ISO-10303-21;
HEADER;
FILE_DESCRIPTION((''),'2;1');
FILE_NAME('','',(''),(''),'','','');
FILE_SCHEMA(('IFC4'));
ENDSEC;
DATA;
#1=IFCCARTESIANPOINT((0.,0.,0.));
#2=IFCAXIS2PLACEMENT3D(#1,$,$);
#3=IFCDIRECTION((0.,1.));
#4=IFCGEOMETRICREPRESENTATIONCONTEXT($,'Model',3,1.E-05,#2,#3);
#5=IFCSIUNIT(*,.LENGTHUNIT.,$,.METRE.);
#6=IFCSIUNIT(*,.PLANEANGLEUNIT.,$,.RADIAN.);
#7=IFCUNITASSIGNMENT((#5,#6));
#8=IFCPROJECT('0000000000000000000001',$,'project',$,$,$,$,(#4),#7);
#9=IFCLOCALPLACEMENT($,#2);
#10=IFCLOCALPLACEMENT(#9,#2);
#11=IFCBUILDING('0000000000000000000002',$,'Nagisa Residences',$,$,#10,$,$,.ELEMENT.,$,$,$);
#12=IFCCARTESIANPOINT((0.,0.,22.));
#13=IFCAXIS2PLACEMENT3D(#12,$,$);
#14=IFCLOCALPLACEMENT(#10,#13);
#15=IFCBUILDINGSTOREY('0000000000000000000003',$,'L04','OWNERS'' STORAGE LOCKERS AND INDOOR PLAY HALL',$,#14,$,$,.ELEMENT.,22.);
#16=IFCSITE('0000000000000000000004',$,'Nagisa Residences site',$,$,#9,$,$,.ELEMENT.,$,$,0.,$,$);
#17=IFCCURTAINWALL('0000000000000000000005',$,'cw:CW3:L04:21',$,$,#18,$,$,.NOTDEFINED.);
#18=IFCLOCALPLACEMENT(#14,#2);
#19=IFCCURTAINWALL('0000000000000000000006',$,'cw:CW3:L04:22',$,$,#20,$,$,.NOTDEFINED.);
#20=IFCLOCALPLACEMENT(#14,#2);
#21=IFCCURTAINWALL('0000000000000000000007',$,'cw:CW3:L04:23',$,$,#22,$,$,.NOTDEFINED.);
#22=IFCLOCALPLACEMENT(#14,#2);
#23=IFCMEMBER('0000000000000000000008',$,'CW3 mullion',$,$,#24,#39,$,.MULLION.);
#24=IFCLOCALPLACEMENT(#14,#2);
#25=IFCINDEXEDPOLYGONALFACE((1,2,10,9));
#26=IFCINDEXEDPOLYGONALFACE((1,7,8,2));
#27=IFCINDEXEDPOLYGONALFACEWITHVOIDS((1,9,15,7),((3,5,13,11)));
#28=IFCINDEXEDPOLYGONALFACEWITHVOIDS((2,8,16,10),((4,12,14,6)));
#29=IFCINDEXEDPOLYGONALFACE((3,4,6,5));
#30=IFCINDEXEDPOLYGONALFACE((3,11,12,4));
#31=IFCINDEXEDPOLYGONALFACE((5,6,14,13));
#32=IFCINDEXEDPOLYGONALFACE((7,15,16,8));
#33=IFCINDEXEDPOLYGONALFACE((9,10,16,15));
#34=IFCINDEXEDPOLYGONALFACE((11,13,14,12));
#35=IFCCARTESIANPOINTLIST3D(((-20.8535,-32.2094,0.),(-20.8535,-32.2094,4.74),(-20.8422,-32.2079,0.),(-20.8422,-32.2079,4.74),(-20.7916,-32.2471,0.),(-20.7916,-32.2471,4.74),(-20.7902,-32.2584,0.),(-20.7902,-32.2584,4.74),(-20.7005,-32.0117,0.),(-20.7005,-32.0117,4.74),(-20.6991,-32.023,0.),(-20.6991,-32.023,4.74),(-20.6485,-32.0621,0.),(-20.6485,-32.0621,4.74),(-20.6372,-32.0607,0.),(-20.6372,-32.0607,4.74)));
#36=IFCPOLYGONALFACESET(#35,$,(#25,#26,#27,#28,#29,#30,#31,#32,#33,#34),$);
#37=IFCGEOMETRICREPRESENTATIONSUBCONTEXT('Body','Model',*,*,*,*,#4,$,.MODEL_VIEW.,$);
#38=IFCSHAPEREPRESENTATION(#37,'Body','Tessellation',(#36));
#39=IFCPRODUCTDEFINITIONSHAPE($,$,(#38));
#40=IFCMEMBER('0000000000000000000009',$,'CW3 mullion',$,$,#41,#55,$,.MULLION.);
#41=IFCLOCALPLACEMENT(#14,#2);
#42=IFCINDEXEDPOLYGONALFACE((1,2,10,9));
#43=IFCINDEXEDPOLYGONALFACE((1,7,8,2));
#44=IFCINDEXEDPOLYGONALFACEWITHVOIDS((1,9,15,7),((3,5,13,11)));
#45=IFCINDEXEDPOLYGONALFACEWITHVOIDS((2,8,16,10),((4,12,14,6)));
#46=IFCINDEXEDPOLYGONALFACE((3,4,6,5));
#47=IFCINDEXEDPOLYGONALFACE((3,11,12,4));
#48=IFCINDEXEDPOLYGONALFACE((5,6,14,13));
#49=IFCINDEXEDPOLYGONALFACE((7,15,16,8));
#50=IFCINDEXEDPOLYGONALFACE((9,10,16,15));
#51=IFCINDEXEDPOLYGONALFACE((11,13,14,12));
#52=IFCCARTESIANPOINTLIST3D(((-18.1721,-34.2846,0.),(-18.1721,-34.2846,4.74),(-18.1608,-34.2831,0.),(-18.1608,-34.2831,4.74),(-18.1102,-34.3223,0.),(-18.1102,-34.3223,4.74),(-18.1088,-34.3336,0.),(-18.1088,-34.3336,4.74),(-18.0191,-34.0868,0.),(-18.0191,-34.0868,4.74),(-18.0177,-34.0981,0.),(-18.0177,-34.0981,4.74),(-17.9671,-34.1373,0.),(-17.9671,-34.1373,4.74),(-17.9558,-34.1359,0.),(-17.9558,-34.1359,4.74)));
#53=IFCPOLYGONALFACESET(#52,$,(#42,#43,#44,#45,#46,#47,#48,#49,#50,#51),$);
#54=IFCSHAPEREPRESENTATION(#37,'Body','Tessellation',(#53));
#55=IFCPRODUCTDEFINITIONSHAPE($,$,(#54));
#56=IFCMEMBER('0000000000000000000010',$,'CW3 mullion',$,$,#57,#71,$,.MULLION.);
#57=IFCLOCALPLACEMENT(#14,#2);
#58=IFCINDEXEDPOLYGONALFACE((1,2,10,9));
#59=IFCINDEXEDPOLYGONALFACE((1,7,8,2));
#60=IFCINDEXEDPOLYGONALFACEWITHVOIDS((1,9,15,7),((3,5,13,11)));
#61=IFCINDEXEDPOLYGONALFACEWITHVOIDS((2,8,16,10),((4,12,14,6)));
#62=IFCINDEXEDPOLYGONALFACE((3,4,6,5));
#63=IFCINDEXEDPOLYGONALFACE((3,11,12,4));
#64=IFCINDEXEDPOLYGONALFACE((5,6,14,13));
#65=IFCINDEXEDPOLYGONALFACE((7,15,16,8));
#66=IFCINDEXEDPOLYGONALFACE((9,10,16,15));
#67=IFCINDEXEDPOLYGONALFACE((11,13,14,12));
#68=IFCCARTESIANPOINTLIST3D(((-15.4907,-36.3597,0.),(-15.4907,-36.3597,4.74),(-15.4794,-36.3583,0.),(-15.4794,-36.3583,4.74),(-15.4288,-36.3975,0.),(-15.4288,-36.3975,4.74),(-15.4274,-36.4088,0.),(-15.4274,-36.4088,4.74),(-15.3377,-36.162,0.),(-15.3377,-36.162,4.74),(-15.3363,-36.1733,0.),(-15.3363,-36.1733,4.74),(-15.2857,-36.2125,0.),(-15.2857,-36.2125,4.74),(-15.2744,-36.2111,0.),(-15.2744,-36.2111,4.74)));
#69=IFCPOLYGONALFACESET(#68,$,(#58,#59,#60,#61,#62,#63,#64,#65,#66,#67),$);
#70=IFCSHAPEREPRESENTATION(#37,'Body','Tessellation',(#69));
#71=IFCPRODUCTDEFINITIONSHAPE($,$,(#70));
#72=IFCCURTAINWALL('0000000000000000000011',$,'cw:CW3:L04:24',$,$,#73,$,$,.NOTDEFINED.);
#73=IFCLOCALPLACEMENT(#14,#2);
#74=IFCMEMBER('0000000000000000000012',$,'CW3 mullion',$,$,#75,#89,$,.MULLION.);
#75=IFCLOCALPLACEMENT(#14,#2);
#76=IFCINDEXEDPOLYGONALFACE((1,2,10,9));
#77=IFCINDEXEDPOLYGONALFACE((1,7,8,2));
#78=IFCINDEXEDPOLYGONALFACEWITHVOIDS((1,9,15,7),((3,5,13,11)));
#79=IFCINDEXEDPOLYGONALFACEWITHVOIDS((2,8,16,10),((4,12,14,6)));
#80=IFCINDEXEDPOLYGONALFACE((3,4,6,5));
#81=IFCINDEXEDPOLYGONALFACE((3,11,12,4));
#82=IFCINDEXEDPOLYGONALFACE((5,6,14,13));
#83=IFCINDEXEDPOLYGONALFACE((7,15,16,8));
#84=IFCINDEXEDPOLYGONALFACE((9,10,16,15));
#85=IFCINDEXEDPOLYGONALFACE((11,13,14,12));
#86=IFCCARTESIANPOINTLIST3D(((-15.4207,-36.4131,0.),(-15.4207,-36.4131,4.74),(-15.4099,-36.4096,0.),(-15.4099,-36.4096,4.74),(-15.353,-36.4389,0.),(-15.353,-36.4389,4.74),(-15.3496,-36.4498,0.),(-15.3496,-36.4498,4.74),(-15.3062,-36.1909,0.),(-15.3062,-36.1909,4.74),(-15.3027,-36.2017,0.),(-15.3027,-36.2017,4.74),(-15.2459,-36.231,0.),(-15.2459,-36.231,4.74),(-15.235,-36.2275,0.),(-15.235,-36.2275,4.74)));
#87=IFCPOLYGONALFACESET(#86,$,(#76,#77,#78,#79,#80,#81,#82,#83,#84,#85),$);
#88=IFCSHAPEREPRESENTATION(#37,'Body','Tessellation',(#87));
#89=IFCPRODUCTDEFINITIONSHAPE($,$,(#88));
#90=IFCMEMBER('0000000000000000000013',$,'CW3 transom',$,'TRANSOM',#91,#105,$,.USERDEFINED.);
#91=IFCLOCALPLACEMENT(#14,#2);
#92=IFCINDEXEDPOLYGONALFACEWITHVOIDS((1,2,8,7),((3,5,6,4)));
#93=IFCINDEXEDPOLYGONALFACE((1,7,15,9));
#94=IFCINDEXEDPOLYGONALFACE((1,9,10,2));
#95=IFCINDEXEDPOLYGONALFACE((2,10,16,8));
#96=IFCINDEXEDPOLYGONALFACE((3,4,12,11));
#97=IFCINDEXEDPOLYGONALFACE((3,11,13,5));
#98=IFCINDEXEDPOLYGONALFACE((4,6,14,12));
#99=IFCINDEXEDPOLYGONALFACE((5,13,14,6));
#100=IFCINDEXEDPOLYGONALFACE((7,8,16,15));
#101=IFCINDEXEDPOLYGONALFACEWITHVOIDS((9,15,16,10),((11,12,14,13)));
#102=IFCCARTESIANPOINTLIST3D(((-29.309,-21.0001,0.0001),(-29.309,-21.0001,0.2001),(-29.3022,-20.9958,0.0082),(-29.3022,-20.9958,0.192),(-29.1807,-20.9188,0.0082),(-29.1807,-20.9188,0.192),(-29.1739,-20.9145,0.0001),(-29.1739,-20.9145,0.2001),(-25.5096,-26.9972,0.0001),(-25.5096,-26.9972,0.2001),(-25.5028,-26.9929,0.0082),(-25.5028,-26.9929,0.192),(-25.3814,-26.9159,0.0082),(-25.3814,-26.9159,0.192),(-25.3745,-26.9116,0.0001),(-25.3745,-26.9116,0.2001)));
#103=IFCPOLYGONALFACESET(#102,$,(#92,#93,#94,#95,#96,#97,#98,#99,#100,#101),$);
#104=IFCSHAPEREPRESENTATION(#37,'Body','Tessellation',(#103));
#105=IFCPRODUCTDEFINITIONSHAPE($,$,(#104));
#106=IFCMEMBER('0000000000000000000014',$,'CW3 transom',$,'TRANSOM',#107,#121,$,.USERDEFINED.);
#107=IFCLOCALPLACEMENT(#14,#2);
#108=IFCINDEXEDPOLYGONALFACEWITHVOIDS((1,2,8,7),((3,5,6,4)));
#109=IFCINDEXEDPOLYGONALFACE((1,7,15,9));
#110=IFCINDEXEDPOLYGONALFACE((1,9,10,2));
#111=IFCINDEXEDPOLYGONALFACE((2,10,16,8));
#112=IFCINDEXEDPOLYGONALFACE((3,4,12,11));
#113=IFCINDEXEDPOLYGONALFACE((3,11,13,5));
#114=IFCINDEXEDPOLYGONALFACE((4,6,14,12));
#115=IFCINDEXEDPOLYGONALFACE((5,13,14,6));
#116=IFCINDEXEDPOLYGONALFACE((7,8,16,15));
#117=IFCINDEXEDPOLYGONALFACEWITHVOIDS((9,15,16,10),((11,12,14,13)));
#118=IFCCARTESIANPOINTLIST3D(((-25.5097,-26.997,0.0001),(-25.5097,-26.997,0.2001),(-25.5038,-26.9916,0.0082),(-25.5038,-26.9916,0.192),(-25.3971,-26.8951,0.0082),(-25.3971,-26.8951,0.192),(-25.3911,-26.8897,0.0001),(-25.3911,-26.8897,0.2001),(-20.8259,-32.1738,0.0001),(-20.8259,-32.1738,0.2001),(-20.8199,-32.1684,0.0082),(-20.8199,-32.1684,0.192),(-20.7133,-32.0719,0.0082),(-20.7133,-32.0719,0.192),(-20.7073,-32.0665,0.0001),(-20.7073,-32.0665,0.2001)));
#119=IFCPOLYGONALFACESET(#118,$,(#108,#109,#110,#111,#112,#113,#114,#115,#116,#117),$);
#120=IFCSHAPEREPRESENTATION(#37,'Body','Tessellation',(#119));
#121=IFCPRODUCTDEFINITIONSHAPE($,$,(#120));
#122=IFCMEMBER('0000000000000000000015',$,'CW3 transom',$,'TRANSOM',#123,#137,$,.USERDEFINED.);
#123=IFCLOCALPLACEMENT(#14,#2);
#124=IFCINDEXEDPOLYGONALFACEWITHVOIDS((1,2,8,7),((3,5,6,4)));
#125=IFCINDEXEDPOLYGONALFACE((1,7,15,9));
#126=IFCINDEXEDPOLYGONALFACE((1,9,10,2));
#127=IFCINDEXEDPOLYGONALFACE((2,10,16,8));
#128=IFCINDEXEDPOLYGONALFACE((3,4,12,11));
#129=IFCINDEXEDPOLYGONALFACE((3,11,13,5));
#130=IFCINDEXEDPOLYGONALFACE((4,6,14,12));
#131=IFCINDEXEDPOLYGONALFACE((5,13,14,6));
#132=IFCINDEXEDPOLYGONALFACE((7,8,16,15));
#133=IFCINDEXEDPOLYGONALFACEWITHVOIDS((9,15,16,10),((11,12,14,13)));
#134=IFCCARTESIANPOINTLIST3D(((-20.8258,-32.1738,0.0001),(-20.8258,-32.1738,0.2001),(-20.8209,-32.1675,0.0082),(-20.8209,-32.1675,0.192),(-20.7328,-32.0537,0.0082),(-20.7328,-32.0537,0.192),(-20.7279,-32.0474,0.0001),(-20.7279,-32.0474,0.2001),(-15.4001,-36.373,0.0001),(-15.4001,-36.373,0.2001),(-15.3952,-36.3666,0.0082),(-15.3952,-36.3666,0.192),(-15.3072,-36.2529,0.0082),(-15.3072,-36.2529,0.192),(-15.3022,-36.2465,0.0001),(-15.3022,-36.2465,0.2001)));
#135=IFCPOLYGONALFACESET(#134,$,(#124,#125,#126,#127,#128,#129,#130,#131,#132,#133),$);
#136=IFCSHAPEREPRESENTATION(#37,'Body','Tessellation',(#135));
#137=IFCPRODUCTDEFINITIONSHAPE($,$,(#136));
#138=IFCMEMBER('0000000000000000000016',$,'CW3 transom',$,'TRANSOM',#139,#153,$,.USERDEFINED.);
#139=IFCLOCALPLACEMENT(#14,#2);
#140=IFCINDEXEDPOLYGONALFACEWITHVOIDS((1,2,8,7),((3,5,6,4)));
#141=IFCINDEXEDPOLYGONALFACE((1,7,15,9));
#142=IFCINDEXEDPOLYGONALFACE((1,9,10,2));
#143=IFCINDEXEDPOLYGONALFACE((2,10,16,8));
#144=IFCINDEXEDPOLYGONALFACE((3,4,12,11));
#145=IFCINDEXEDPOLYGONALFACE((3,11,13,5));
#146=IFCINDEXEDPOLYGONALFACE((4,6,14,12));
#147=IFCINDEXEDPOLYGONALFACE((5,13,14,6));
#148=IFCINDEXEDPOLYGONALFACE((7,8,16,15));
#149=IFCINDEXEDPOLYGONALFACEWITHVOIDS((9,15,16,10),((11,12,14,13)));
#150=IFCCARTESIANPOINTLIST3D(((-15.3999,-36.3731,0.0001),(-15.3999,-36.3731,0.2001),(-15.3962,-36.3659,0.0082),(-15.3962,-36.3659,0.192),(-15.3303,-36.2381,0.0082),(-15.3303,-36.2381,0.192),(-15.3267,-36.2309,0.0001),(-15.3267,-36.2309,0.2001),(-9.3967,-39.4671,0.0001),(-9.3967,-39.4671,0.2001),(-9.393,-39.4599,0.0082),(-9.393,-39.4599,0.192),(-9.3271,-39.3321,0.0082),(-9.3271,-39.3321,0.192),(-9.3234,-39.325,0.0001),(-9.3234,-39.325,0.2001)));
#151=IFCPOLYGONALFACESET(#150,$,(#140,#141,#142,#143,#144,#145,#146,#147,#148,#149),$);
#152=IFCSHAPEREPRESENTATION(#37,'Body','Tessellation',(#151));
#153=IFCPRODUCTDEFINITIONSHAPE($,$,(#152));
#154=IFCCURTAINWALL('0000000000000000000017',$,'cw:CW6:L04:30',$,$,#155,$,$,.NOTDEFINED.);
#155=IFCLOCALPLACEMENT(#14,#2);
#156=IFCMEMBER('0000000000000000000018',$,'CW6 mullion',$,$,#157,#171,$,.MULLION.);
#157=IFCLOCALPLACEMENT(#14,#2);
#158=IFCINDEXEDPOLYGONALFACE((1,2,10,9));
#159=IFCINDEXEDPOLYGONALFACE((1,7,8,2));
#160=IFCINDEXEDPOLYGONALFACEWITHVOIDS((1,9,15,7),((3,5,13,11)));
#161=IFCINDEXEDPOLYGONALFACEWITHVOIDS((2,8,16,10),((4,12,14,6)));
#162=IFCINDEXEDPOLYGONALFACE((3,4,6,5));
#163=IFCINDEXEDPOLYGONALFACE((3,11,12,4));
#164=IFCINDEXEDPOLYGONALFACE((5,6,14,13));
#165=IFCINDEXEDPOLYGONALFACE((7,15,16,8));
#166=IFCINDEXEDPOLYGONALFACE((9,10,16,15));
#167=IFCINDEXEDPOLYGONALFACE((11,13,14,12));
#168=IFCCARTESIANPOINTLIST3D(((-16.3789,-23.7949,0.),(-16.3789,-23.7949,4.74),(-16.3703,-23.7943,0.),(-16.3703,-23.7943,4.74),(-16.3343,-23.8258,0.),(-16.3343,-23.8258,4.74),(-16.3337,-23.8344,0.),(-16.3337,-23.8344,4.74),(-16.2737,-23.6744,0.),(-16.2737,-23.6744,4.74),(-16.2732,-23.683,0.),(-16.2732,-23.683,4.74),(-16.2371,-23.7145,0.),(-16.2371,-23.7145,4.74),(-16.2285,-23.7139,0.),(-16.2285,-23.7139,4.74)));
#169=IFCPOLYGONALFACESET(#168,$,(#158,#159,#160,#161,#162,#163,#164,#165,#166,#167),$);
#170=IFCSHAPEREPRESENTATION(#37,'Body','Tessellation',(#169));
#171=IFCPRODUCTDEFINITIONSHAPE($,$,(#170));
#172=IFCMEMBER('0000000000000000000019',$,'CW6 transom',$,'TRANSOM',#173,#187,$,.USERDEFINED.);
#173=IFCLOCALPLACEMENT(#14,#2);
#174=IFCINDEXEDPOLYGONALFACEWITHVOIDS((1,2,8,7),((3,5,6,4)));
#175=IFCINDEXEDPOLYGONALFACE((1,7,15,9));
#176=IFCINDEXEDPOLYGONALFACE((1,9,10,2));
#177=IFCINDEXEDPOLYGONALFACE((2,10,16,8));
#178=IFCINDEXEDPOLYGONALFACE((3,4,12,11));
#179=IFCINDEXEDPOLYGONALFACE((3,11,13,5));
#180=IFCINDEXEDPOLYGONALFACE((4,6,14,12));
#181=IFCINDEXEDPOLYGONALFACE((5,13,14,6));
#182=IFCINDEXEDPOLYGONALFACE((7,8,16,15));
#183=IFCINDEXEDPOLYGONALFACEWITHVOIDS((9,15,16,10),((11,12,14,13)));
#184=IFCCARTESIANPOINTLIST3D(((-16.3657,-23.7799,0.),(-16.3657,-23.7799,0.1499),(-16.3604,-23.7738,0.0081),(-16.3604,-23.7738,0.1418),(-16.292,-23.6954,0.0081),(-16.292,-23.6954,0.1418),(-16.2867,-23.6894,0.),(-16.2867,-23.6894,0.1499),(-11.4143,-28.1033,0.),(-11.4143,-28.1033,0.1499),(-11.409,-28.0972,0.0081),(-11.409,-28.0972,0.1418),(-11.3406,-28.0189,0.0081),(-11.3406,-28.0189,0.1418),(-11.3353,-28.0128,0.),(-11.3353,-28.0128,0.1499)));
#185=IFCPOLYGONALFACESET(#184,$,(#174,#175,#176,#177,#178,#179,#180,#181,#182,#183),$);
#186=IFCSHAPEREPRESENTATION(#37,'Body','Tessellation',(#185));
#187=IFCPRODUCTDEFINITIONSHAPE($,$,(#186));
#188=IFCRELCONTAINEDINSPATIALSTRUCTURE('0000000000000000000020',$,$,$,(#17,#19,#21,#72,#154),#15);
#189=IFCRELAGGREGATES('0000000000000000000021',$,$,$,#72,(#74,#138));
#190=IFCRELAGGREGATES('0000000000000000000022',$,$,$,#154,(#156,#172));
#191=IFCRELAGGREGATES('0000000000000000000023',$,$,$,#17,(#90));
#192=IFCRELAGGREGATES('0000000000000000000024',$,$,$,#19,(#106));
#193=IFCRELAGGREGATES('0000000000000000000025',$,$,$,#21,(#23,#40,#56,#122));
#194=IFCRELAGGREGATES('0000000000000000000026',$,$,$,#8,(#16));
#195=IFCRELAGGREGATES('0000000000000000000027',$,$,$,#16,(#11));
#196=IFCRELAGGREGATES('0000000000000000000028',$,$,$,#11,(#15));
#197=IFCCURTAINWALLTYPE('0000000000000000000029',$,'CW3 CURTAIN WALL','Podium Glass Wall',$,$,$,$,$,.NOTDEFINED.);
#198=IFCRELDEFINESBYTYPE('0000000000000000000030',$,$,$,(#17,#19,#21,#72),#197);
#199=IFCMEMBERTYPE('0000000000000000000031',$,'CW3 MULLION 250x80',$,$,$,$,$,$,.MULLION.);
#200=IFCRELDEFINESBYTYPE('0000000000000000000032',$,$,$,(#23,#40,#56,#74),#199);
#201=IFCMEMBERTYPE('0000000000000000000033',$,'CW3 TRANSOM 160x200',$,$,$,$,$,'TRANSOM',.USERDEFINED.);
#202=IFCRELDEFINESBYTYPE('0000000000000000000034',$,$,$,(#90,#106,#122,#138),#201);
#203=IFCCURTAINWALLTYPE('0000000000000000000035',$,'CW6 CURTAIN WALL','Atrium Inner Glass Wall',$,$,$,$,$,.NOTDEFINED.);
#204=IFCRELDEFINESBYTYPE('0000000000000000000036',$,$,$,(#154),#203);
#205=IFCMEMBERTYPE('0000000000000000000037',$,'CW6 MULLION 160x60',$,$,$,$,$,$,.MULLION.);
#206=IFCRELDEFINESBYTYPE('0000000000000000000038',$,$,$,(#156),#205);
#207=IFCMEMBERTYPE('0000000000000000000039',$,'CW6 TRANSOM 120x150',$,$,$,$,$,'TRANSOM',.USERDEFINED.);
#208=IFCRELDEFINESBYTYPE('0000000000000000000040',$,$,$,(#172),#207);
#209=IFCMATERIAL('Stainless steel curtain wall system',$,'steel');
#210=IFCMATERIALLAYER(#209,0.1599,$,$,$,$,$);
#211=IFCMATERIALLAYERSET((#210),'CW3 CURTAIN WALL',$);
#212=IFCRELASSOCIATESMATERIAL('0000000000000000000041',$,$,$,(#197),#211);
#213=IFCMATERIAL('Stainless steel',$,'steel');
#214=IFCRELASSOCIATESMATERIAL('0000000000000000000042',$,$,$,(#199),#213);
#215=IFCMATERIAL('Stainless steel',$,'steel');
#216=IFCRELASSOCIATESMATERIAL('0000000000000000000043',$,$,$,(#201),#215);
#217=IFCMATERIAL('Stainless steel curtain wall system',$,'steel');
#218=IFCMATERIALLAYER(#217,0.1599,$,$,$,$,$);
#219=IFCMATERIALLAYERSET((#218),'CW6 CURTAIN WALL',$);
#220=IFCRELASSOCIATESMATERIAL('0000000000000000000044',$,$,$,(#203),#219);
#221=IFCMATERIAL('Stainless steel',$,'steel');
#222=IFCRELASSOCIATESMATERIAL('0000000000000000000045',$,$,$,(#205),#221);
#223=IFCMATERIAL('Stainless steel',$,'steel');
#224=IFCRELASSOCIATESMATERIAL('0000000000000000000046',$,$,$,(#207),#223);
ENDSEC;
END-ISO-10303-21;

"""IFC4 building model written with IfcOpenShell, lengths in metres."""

from ifc_helpers import new_model, si_unit, direction, frame, origin, origin_2d, place, context, subcontext, project, spatial, hollow_rectangle, extrude, material, layer, layer_set, material_profile, profile_set, type_object, element, aggregate, save


model = new_model("IFC4")

# Units and contexts
model_context = context("Model", 3, precision=1e-05, world=origin(), true_north=direction((0.0, 1.0)))
body_context = subcontext(model_context, "Body", "Model", "MODEL_VIEW")
ifc_project = project(units=[si_unit("LENGTHUNIT", "METRE"), si_unit("PLANEANGLEUNIT", "RADIAN")], contexts=[model_context])

# Site, building, storey
site_placement = place(None, origin())
site = spatial("IfcSite", under=ifc_project, at=site_placement, Name="Nagisa Residences site", CompositionType="ELEMENT", RefElevation=0.0)
building_placement = place(site_placement, origin())
building = spatial("IfcBuilding", under=site, at=building_placement, Name="Nagisa Residences", CompositionType="ELEMENT")
storey_placement = place(building_placement, frame((0.0, 0.0, 22.0)))
storey = spatial("IfcBuildingStorey", under=building, at=storey_placement, Name="L04", Description="OWNERS' STORAGE LOCKERS AND INDOOR PLAY HALL", CompositionType="ELEMENT", Elevation=22.0)

# Curtain walls, members
ifc_material_1 = material(Name="Stainless steel curtain wall system", Category="steel")
ifc_layer_1 = layer(ifc_material_1, 0.1599)
ifc_layer_set_1 = layer_set([ifc_layer_1], Name="CW3 CURTAIN WALL")
curtain_wall_type_1 = type_object("IfcCurtainWallType", Name="CW3 CURTAIN WALL", Description="Podium Glass Wall", PredefinedType="NOTDEFINED", material=ifc_layer_set_1)
ifc_material_2 = material(Name="Stainless steel", Category="steel")
ifc_material_profile_1 = material_profile(ifc_material_2, hollow_rectangle(XDim=0.25, YDim=0.0801, WallThickness=0.0081, at=origin_2d()), Name="CW3 MULLION 250x80")
ifc_profile_set_1 = profile_set([ifc_material_profile_1], Name="Stainless steel")
member_type_1 = type_object("IfcMemberType", Name="CW3 MULLION 250x80", PredefinedType="MULLION", material=ifc_profile_set_1)
curtain_wall_1_placement = place(storey_placement, origin())
curtain_wall_1 = element("IfcCurtainWall", 1, at=curtain_wall_1_placement, inside=storey, type_object=curtain_wall_type_1, Name="cw:CW3:L04:21", PredefinedType="NOTDEFINED")
curtain_wall_2_placement = place(storey_placement, origin())
curtain_wall_2 = element("IfcCurtainWall", 2, at=curtain_wall_2_placement, inside=storey, type_object=curtain_wall_type_1, Name="cw:CW3:L04:22", PredefinedType="NOTDEFINED")
curtain_wall_3_placement = place(storey_placement, origin())
curtain_wall_3 = element("IfcCurtainWall", 3, at=curtain_wall_3_placement, inside=storey, type_object=curtain_wall_type_1, Name="cw:CW3:L04:23", PredefinedType="NOTDEFINED")
member_1_placement = place(storey_placement, frame((-20.7454, -32.135, 0.0), z_axis=(0.0, 0.0, 1.0), x_axis=(0.612035, 0.790831, 0.0)))
member_1 = element("IfcMember", 4, at=member_1_placement, type_object=member_type_1, Name="CW3 mullion", PredefinedType="MULLION", context=body_context, shape_type="SweptSolid", body=[
    extrude(hollow_rectangle(XDim=0.25, YDim=0.0801, WallThickness=0.0081, at=origin_2d()), origin(), (0.0, 0.0, 1.0), 4.74),
])
member_2_placement = place(storey_placement, frame((-18.064, -34.2102, 0.0), z_axis=(0.0, 0.0, 1.0), x_axis=(0.612035, 0.790831, 0.0)))
member_2 = element("IfcMember", 5, at=member_2_placement, type_object=member_type_1, Name="CW3 mullion", PredefinedType="MULLION", context=body_context, shape_type="SweptSolid", body=[
    extrude(hollow_rectangle(XDim=0.25, YDim=0.0801, WallThickness=0.0081, at=origin_2d()), origin(), (0.0, 0.0, 1.0), 4.74),
])
member_3_placement = place(storey_placement, frame((-15.3826, -36.2854, 0.0), z_axis=(0.0, 0.0, 1.0), x_axis=(0.612035, 0.790831, 0.0)))
member_3 = element("IfcMember", 6, at=member_3_placement, type_object=member_type_1, Name="CW3 mullion", PredefinedType="MULLION", context=body_context, shape_type="SweptSolid", body=[
    extrude(hollow_rectangle(XDim=0.25, YDim=0.0801, WallThickness=0.0081, at=origin_2d()), origin(), (0.0, 0.0, 1.0), 4.74),
])

# Curtain wall, member
curtain_wall_4_placement = place(storey_placement, origin())
curtain_wall_4 = element("IfcCurtainWall", 7, at=curtain_wall_4_placement, inside=storey, type_object=curtain_wall_type_1, Name="cw:CW3:L04:24", PredefinedType="NOTDEFINED")
member_4_placement = place(storey_placement, frame((-15.3279, -36.3203, 0.0), z_axis=(0.0, 0.0, 1.0), x_axis=(0.458126, 0.888887, 0.0)))
member_4 = element("IfcMember", 8, at=member_4_placement, type_object=member_type_1, Name="CW3 mullion", PredefinedType="MULLION", context=body_context, shape_type="SweptSolid", body=[
    extrude(hollow_rectangle(XDim=0.25, YDim=0.0801, WallThickness=0.0081, at=origin_2d()), origin(), (0.0, 0.0, 1.0), 4.74),
])

# Members
ifc_material_3 = material(Name="Stainless steel", Category="steel")
ifc_material_profile_2 = material_profile(ifc_material_3, hollow_rectangle(XDim=0.1599, YDim=0.2, WallThickness=0.0081, at=origin_2d()), Name="CW3 TRANSOM 160x200")
ifc_profile_set_2 = profile_set([ifc_material_profile_2], Name="Stainless steel")
member_type_2 = type_object("IfcMemberType", Name="CW3 TRANSOM 160x200", ElementType="TRANSOM", PredefinedType="USERDEFINED", material=ifc_profile_set_2)
member_5_placement = place(storey_placement, frame((-29.2415, -20.9573, 0.1001), z_axis=(0.53517, -0.844744, 0.0), x_axis=(0.844744, 0.53517, 0.0)))
member_5 = element("IfcMember", 9, at=member_5_placement, type_object=member_type_2, Name="CW3 transom", ObjectType="TRANSOM", PredefinedType="USERDEFINED", context=body_context, shape_type="SweptSolid", body=[
    extrude(hollow_rectangle(XDim=0.1599, YDim=0.2, WallThickness=0.0081, at=origin_2d()), origin(), (0.0, 0.0, 1.0), 7.0994),
])
member_6_placement = place(storey_placement, frame((-25.4504, -26.9434, 0.1001), z_axis=(0.670922, -0.741528, 0.0), x_axis=(0.741528, 0.670922, 0.0)))
member_6 = element("IfcMember", 10, at=member_6_placement, type_object=member_type_2, Name="CW3 transom", ObjectType="TRANSOM", PredefinedType="USERDEFINED", context=body_context, shape_type="SweptSolid", body=[
    extrude(hollow_rectangle(XDim=0.1599, YDim=0.2, WallThickness=0.0081, at=origin_2d()), origin(), (0.0, 0.0, 1.0), 6.9812),
])
member_7_placement = place(storey_placement, frame((-20.7769, -32.1106, 0.1001), z_axis=(0.790821, -0.612047, 0.0), x_axis=(0.612047, 0.790821, 0.0)))
member_7 = element("IfcMember", 11, at=member_7_placement, type_object=member_type_2, Name="CW3 transom", ObjectType="TRANSOM", PredefinedType="USERDEFINED", context=body_context, shape_type="SweptSolid", body=[
    extrude(hollow_rectangle(XDim=0.1599, YDim=0.2, WallThickness=0.0081, at=origin_2d()), origin(), (0.0, 0.0, 1.0), 6.8608),
])
member_8_placement = place(storey_placement, frame((-15.3633, -36.302, 0.1001), z_axis=(0.888887, -0.458126, 0.0), x_axis=(0.458126, 0.888887, 0.0)))
member_8 = element("IfcMember", 12, at=member_8_placement, type_object=member_type_2, Name="CW3 transom", ObjectType="TRANSOM", PredefinedType="USERDEFINED", context=body_context, shape_type="SweptSolid", body=[
    extrude(hollow_rectangle(XDim=0.1599, YDim=0.2, WallThickness=0.0081, at=origin_2d()), origin(), (0.0, 0.0, 1.0), 6.7537),
])
aggregate(curtain_wall_4, [member_4, member_8])

# Curtain wall, members
ifc_material_4 = material(Name="Stainless steel curtain wall system", Category="steel")
ifc_layer_2 = layer(ifc_material_4, 0.1599)
ifc_layer_set_2 = layer_set([ifc_layer_2], Name="CW6 CURTAIN WALL")
curtain_wall_type_2 = type_object("IfcCurtainWallType", Name="CW6 CURTAIN WALL", Description="Atrium Inner Glass Wall", PredefinedType="NOTDEFINED", material=ifc_layer_set_2)
curtain_wall_5_placement = place(storey_placement, origin())
curtain_wall_5 = element("IfcCurtainWall", 13, at=curtain_wall_5_placement, inside=storey, type_object=curtain_wall_type_2, Name="cw:CW6:L04:30", PredefinedType="NOTDEFINED")
ifc_material_5 = material(Name="Stainless steel", Category="steel")
ifc_material_profile_3 = material_profile(ifc_material_5, hollow_rectangle(XDim=0.1599, YDim=0.0601, WallThickness=0.0061, at=origin_2d()), Name="CW6 MULLION 160x60")
ifc_profile_set_3 = profile_set([ifc_material_profile_3], Name="Stainless steel")
member_type_3 = type_object("IfcMemberType", Name="CW6 MULLION 160x60", PredefinedType="MULLION", material=ifc_profile_set_3)
member_9_placement = place(storey_placement, frame((-16.3037, -23.7544, 0.0), z_axis=(0.0, 0.0, 1.0), x_axis=(0.657721, 0.753261, 0.0)))
member_9 = element("IfcMember", 14, at=member_9_placement, type_object=member_type_3, Name="CW6 mullion", PredefinedType="MULLION", context=body_context, shape_type="SweptSolid", body=[
    extrude(hollow_rectangle(XDim=0.1599, YDim=0.0601, WallThickness=0.0061, at=origin_2d()), origin(), (0.0, 0.0, 1.0), 4.74),
])
ifc_material_6 = material(Name="Stainless steel", Category="steel")
ifc_material_profile_4 = material_profile(ifc_material_6, hollow_rectangle(XDim=0.1201, YDim=0.1499, WallThickness=0.0081, at=origin_2d()), Name="CW6 TRANSOM 120x150")
ifc_profile_set_4 = profile_set([ifc_material_profile_4], Name="Stainless steel")
member_type_4 = type_object("IfcMemberType", Name="CW6 TRANSOM 120x150", ElementType="TRANSOM", PredefinedType="USERDEFINED", material=ifc_profile_set_4)
member_10_placement = place(storey_placement, frame((-16.3262, -23.7346, 0.075), z_axis=(0.753255, -0.657729, 0.0), x_axis=(0.657729, 0.753255, 0.0)))
member_10 = element("IfcMember", 15, at=member_10_placement, type_object=member_type_4, Name="CW6 transom", ObjectType="TRANSOM", PredefinedType="USERDEFINED", context=body_context, shape_type="SweptSolid", body=[
    extrude(hollow_rectangle(XDim=0.1201, YDim=0.1499, WallThickness=0.0081, at=origin_2d()), origin(), (0.0, 0.0, 1.0), 6.5732),
])
aggregate(curtain_wall_5, [member_9, member_10])

aggregate(curtain_wall_1, [member_5])
aggregate(curtain_wall_2, [member_6])
aggregate(curtain_wall_3, [member_1, member_2, member_3, member_7])

save(model, "model.ifc")
